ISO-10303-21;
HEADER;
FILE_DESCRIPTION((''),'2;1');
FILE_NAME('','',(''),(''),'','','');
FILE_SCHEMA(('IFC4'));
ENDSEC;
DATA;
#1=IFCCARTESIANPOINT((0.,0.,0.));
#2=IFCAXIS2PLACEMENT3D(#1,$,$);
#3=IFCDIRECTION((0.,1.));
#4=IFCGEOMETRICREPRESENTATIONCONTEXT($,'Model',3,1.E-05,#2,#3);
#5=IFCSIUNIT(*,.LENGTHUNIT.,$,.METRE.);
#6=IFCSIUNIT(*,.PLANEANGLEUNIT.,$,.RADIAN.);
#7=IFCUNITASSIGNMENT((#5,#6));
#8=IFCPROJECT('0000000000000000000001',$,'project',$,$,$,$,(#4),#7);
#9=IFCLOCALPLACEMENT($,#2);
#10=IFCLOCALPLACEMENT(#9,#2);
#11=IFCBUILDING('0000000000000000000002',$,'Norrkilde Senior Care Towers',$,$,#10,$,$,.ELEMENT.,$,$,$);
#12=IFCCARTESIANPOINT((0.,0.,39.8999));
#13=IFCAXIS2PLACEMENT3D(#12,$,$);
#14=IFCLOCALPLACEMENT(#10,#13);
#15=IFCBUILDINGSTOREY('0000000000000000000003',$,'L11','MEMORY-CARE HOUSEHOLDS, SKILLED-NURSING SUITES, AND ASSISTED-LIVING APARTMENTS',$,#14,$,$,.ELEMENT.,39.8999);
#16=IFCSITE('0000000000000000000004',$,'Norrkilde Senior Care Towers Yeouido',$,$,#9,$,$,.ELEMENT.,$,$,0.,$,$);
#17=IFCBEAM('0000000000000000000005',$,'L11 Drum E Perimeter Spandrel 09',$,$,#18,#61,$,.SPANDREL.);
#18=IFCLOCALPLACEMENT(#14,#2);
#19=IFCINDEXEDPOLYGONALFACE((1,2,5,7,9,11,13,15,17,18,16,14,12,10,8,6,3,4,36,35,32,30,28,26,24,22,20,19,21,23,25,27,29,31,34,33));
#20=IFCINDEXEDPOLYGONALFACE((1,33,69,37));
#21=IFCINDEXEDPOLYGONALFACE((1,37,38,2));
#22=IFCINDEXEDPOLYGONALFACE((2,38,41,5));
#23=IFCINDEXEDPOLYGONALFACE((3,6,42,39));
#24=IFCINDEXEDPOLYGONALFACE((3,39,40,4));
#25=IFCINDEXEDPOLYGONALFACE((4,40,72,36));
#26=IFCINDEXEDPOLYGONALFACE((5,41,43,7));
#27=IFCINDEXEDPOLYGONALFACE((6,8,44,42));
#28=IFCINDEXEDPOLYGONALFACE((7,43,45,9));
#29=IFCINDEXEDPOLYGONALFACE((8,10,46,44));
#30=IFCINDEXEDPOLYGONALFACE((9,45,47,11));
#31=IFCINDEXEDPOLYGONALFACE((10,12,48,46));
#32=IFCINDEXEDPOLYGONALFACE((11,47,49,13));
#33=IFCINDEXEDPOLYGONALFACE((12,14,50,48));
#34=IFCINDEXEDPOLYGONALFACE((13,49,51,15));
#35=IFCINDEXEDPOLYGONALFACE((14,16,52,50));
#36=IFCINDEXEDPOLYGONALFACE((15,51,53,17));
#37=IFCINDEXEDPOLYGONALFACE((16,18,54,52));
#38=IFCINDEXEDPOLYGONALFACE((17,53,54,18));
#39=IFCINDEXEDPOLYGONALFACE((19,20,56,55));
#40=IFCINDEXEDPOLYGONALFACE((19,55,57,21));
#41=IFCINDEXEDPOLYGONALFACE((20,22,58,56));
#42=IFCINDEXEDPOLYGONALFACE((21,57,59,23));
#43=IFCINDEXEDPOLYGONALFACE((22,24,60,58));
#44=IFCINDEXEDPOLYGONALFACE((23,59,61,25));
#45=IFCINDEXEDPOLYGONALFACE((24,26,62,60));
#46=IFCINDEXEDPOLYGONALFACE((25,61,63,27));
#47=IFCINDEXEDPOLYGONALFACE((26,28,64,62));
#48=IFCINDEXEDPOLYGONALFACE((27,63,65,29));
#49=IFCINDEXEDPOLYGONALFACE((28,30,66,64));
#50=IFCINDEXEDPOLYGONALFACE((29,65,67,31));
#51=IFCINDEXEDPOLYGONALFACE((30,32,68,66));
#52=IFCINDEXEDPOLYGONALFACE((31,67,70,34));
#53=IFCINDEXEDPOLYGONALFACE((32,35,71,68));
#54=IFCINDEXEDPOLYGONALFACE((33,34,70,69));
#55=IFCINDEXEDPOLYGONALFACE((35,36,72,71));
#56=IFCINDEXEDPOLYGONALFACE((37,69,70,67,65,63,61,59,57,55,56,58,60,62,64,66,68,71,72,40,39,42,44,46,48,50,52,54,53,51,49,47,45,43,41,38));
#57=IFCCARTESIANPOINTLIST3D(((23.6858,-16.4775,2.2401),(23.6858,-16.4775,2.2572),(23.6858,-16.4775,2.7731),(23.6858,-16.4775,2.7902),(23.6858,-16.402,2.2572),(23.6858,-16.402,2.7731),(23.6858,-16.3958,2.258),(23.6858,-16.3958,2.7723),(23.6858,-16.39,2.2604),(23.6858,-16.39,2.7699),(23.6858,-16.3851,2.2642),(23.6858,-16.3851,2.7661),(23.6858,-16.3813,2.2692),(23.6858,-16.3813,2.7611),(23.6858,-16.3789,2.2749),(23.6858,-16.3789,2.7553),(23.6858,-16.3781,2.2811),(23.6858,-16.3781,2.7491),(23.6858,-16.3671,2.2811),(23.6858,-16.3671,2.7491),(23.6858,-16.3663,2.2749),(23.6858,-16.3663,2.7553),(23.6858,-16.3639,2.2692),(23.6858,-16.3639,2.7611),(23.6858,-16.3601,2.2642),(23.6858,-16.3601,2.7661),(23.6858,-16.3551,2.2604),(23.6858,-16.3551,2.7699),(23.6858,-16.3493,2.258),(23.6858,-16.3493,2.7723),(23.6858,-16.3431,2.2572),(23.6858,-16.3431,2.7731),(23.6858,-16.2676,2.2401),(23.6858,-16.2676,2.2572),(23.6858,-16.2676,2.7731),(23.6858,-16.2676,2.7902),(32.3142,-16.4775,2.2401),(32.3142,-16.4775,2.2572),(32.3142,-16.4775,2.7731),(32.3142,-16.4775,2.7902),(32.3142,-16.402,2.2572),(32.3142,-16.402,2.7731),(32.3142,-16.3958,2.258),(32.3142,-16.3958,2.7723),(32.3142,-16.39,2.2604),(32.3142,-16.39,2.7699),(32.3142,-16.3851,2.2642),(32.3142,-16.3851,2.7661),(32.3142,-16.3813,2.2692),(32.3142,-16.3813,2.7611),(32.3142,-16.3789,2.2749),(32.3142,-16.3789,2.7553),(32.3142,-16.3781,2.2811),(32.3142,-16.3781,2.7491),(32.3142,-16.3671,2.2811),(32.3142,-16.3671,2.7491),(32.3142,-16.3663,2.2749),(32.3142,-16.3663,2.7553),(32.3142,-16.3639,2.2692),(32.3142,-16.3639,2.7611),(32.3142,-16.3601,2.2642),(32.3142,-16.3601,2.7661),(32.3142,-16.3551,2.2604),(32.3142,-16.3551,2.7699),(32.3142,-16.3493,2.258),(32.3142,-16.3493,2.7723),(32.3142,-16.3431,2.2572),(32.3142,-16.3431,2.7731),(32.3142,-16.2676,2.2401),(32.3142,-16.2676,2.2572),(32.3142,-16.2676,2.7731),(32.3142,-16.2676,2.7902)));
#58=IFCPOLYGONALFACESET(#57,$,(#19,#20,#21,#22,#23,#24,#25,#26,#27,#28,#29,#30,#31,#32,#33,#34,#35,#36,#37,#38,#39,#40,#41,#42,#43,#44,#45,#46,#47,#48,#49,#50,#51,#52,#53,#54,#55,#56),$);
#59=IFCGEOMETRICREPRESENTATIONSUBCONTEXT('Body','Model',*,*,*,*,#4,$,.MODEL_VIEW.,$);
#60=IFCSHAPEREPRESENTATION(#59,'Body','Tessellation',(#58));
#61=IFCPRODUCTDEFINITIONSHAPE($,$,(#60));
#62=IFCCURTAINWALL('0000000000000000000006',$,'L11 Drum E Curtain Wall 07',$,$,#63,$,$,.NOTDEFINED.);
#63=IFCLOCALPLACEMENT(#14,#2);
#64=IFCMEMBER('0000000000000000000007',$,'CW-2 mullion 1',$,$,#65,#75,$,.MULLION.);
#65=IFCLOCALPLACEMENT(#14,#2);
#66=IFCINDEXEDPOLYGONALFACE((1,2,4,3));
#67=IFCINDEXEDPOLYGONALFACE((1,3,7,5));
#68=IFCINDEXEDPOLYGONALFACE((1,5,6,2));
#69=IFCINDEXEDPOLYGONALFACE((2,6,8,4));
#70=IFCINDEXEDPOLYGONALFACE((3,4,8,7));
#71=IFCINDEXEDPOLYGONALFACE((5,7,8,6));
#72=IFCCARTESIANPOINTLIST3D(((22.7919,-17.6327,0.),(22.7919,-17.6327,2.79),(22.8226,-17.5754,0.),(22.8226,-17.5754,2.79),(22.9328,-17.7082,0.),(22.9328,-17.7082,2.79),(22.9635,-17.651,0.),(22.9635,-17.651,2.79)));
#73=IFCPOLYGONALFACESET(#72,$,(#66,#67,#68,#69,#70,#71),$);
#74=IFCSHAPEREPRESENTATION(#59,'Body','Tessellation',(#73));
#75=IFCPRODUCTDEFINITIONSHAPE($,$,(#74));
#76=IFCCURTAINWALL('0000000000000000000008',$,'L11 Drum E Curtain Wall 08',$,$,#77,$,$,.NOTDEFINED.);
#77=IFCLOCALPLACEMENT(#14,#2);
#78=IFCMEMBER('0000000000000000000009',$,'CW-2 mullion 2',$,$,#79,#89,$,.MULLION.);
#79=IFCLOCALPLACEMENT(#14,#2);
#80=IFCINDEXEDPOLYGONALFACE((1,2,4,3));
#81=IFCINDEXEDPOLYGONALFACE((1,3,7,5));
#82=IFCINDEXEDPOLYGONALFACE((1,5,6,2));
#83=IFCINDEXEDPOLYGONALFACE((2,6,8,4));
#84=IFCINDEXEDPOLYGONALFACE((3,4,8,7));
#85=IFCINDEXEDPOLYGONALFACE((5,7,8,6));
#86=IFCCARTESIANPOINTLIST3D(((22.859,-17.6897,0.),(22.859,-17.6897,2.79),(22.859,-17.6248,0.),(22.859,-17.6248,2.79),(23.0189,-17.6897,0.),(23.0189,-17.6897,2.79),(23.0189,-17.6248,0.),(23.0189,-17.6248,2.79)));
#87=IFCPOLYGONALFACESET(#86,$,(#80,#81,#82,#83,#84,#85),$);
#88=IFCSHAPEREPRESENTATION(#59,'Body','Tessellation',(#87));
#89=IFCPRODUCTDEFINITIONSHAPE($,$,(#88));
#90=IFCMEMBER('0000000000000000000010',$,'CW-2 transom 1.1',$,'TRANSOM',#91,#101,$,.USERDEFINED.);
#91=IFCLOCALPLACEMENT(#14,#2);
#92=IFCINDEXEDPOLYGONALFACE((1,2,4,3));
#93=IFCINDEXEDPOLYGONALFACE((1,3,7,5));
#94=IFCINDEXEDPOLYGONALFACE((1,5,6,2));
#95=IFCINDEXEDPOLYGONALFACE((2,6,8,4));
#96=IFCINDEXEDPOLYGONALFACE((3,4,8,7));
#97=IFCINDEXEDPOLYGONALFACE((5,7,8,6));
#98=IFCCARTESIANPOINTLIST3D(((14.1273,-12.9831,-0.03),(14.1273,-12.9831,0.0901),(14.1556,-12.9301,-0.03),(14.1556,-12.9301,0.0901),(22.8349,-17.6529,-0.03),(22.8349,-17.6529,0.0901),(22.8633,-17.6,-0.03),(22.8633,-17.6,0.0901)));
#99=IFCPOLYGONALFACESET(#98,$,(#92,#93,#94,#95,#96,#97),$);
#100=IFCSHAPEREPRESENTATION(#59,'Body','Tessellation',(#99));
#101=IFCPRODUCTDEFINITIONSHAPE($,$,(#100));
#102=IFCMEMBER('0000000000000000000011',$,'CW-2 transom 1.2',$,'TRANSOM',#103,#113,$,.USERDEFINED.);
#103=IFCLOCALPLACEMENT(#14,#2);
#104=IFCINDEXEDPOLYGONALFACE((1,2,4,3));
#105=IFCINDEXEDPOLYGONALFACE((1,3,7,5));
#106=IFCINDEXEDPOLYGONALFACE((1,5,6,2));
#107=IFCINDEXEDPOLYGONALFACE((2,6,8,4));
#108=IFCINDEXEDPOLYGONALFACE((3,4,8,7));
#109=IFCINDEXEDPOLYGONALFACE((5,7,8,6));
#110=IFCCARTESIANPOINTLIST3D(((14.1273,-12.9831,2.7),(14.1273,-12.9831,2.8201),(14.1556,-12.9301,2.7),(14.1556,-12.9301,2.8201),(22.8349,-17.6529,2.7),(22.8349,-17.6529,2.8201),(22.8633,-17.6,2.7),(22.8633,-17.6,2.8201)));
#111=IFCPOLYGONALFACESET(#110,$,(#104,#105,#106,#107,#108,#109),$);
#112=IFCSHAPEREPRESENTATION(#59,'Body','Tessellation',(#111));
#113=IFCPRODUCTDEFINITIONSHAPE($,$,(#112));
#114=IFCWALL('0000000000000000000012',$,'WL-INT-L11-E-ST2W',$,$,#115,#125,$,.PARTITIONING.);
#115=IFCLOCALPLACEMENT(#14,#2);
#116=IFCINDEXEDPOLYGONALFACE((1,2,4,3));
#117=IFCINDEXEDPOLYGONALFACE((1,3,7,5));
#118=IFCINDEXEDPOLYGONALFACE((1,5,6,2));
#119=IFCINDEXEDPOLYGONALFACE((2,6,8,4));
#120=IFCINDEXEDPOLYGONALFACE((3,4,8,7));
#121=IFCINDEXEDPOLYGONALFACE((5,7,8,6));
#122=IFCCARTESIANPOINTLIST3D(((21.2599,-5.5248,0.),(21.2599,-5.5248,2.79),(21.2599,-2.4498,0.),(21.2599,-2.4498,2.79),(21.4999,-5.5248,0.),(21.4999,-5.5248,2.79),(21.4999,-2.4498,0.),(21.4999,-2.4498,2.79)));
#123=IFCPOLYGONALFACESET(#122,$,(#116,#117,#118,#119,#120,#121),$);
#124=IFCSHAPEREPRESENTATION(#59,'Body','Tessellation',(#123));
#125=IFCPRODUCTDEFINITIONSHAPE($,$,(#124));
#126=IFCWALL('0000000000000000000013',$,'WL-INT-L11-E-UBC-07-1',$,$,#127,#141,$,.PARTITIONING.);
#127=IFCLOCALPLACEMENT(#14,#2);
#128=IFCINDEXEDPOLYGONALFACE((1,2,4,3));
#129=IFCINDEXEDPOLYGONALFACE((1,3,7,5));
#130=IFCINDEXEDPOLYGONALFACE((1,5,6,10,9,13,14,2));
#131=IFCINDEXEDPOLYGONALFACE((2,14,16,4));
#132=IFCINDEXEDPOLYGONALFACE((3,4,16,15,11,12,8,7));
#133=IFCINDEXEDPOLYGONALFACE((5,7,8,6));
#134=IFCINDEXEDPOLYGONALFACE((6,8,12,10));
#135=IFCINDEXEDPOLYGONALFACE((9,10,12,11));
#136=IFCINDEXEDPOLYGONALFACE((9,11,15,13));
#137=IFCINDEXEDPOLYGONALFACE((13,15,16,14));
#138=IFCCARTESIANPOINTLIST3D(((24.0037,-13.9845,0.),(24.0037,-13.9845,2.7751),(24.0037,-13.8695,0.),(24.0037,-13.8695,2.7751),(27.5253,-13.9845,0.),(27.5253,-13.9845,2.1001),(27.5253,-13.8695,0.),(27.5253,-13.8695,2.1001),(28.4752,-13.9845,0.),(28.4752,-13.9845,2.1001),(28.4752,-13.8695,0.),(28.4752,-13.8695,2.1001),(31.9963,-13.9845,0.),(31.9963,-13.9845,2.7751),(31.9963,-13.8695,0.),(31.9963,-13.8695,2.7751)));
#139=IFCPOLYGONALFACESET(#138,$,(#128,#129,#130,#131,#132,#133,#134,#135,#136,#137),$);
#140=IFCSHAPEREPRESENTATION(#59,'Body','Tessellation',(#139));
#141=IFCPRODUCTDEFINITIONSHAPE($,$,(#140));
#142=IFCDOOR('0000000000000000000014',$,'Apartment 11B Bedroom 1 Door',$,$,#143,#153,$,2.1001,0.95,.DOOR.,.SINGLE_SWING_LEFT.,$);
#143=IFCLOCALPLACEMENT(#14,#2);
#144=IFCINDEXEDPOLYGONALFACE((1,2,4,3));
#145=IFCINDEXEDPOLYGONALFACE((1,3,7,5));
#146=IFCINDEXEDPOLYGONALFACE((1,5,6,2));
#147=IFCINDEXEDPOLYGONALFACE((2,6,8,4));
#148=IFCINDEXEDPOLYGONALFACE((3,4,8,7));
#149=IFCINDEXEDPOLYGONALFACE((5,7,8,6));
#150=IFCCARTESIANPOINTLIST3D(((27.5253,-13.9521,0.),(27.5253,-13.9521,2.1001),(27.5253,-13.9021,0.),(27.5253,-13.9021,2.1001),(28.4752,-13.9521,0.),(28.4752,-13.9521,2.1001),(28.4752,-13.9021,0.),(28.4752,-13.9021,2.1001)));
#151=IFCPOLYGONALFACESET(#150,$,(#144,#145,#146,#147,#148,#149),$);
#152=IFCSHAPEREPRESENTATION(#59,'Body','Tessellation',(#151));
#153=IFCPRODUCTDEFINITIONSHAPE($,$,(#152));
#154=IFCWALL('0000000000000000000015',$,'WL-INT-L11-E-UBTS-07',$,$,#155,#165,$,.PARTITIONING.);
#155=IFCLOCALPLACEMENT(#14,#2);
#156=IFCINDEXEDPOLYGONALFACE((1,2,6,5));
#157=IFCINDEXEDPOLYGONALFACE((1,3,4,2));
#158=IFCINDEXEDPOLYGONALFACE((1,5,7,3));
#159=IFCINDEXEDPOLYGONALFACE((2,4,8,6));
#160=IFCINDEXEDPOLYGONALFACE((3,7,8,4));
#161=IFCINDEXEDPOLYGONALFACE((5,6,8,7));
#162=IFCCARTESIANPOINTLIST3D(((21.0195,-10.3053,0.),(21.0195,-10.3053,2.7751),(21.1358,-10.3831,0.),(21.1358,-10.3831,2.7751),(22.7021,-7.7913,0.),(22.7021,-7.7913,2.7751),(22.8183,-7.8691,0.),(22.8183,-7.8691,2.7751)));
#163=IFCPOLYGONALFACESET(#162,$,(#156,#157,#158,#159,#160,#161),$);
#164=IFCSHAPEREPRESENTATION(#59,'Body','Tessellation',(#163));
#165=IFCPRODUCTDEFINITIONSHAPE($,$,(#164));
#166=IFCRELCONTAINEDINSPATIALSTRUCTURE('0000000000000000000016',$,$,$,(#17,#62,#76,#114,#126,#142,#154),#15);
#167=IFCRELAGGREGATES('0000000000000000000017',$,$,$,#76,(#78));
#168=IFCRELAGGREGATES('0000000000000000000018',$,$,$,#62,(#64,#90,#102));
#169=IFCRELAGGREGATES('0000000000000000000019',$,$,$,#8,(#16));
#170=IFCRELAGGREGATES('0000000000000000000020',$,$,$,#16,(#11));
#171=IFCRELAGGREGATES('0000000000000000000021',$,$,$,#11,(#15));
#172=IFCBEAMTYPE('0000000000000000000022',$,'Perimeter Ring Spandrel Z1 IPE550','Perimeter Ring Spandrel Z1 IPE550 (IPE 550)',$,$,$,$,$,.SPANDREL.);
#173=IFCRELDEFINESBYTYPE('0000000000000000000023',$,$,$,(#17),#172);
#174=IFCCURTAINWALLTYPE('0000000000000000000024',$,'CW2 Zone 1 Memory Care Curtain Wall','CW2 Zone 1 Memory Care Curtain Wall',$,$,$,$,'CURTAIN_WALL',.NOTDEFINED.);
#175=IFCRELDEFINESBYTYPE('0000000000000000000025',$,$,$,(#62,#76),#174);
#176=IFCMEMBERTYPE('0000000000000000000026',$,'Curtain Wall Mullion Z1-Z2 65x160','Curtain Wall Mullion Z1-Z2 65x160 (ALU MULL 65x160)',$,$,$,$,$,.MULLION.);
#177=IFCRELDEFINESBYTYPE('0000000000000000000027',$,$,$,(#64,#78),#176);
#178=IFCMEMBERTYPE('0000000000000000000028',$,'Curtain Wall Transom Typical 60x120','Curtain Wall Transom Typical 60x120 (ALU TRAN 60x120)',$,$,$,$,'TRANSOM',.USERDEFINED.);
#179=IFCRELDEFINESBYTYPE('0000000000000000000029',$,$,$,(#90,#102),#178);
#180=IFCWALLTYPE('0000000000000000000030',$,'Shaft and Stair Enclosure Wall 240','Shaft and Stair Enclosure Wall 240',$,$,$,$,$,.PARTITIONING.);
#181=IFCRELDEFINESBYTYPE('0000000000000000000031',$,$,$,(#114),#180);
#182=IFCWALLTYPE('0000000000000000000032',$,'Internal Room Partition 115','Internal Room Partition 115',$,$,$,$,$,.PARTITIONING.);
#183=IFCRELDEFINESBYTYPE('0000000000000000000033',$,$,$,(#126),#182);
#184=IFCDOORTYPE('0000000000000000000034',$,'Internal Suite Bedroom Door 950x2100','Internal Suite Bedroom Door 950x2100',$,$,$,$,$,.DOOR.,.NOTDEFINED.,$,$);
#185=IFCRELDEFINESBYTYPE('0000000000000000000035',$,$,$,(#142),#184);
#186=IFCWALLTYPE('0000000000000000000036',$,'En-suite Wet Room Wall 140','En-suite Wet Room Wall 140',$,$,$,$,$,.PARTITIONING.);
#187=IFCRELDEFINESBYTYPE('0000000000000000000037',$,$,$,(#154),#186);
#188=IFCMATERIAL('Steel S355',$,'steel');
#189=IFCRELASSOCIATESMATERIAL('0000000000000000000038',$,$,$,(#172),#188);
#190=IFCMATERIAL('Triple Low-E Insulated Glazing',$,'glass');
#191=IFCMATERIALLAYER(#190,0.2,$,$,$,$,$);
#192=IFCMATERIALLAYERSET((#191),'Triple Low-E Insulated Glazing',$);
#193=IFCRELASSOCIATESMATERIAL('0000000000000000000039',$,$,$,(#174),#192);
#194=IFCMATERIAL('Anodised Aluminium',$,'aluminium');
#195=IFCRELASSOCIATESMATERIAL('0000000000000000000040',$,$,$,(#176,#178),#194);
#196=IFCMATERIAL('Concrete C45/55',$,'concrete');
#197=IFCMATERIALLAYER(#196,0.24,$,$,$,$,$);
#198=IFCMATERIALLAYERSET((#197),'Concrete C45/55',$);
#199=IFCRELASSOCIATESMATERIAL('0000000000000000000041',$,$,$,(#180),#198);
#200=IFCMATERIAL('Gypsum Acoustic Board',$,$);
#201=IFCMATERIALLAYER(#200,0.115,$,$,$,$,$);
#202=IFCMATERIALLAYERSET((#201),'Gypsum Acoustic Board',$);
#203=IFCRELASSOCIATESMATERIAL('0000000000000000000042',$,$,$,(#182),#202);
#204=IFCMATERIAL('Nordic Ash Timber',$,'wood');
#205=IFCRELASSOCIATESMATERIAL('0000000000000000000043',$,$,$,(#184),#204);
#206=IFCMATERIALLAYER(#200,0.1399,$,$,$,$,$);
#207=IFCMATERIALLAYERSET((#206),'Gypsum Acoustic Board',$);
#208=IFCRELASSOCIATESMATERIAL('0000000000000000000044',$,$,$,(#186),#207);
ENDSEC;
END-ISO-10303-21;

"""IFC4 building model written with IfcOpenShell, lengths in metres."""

from ifc_helpers import new_model, si_unit, direction, frame, frame_2d, origin, origin_2d, place, context, subcontext, project, spatial, rectangle, i_section, extrude, source, transform, mapped, material, layer, layer_set, material_profile, profile_set, type_object, type_shapes, element, fill, aggregate, save


model = new_model("IFC4")

# Units and contexts
model_context = context("Model", 3, precision=1e-05, world=origin(), true_north=direction((0.0, 1.0)))
body_context = subcontext(model_context, "Body", "Model", "MODEL_VIEW")
ifc_project = project(units=[si_unit("LENGTHUNIT", "METRE"), si_unit("PLANEANGLEUNIT", "RADIAN")], contexts=[model_context])

# Site, building, storey
site_placement = place(None, origin())
site = spatial("IfcSite", under=ifc_project, at=site_placement, Name="Norrkilde Senior Care Towers Yeouido", CompositionType="ELEMENT", RefElevation=0.0)
building_placement = place(site_placement, origin())
building = spatial("IfcBuilding", under=site, at=building_placement, Name="Norrkilde Senior Care Towers", CompositionType="ELEMENT")
storey_placement = place(building_placement, frame((0.0, 0.0, 39.8999)))
storey = spatial("IfcBuildingStorey", under=building, at=storey_placement, Name="L11", Description="MEMORY-CARE HOUSEHOLDS, SKILLED-NURSING SUITES, AND ASSISTED-LIVING APARTMENTS", CompositionType="ELEMENT", Elevation=39.8999)

# Beam
ifc_material_1 = material(Name="Steel S355", Category="steel")
ifc_material_profile_1 = material_profile(ifc_material_1, i_section(OverallWidth=0.21, OverallDepth=0.55, WebThickness=0.011, FlangeThickness=0.0171, FilletRadius=0.0239, at=origin_2d()), Name="IPE 550")
ifc_profile_set_1 = profile_set([ifc_material_profile_1], Name="Steel S355")
beam_type_1 = type_object("IfcBeamType", Name="Perimeter Ring Spandrel Z1 IPE550", Description="Perimeter Ring Spandrel Z1 IPE550 (IPE 550)", PredefinedType="SPANDREL", material=ifc_profile_set_1)
shared_shape_1 = source(origin(), body_context, "Body", "SweptSolid", [
    extrude(i_section(OverallWidth=0.21, OverallDepth=0.55, WebThickness=0.011, FlangeThickness=0.0171, FilletRadius=0.0239, at=origin_2d()), origin(), (0.0, 0.0, 1.0), 8.6284),
])
type_shapes(beam_type_1, [shared_shape_1])
beam_1_placement = place(storey_placement, frame((23.6858, -16.3726, 2.5151), z_axis=(1.0, 0.0, 0.0), x_axis=(0.0, 1.0, 0.0)))
element("IfcBeam", 1, at=beam_1_placement, inside=storey, type_object=beam_type_1, Name="L11 Drum E Perimeter Spandrel 09", PredefinedType="SPANDREL", context=body_context, shape_type="MappedRepresentation", body=[
    mapped(shared_shape_1, transform((0.0, 0.0, 0.0), x_axis=(1.0, 0.0, 0.0), y_axis=(0.0, 1.0, 0.0), z_axis=(0.0, 0.0, 1.0), scale=1.0)),
])

# Curtain walls, members
ifc_material_2 = material(Name="Triple Low-E Insulated Glazing", Category="glass")
ifc_layer_1 = layer(ifc_material_2, 0.2)
ifc_layer_set_1 = layer_set([ifc_layer_1], Name="Triple Low-E Insulated Glazing")
curtain_wall_type = type_object("IfcCurtainWallType", Name="CW2 Zone 1 Memory Care Curtain Wall", Description="CW2 Zone 1 Memory Care Curtain Wall", ElementType="CURTAIN_WALL", PredefinedType="NOTDEFINED", material=ifc_layer_set_1)
curtain_wall_1_placement = place(storey_placement, origin())
curtain_wall_1 = element("IfcCurtainWall", 2, at=curtain_wall_1_placement, inside=storey, type_object=curtain_wall_type, Name="L11 Drum E Curtain Wall 07", PredefinedType="NOTDEFINED")
ifc_material_3 = material(Name="Anodised Aluminium", Category="aluminium")
ifc_material_profile_2 = material_profile(ifc_material_3, rectangle(XDim=0.0649, YDim=0.1599, at=origin_2d()), Name="ALU MULL 65x160")
ifc_profile_set_2 = profile_set([ifc_material_profile_2], Name="Anodised Aluminium")
member_type_1 = type_object("IfcMemberType", Name="Curtain Wall Mullion Z1-Z2 65x160", Description="Curtain Wall Mullion Z1-Z2 65x160 (ALU MULL 65x160)", PredefinedType="MULLION", material=ifc_profile_set_2)
shared_shape_2 = source(origin(), body_context, "Body", "SweptSolid", [
    extrude(rectangle(XDim=0.0649, YDim=0.1599, at=origin_2d()), origin(), (0.0, 0.0, 1.0), 2.79),
])
type_shapes(member_type_1, [shared_shape_2])
member_1_placement = place(storey_placement, frame((22.8777, -17.6418, 0.0), z_axis=(0.0, 0.0, 1.0), x_axis=(-0.472608, -0.881273, 0.0)))
member_1 = element("IfcMember", 3, at=member_1_placement, type_object=member_type_1, Name="CW-2 mullion 1", PredefinedType="MULLION", context=body_context, shape_type="MappedRepresentation", body=[
    mapped(shared_shape_2, transform((0.0, 0.0, 0.0), x_axis=(1.0, 0.0, 0.0), y_axis=(0.0, 1.0, 0.0), z_axis=(0.0, 0.0, 1.0), scale=1.0)),
])
curtain_wall_2_placement = place(storey_placement, origin())
curtain_wall_2 = element("IfcCurtainWall", 4, at=curtain_wall_2_placement, inside=storey, type_object=curtain_wall_type, Name="L11 Drum E Curtain Wall 08", PredefinedType="NOTDEFINED")
member_2_placement = place(storey_placement, frame((22.939, -17.6572, 0.0), z_axis=(0.0, 0.0, 1.0), x_axis=(0.0, -1.0, 0.0)))
member_2 = element("IfcMember", 5, at=member_2_placement, type_object=member_type_1, Name="CW-2 mullion 2", PredefinedType="MULLION", context=body_context, shape_type="MappedRepresentation", body=[
    mapped(shared_shape_2, transform((0.0, 0.0, 0.0), x_axis=(1.0, 0.0, 0.0), y_axis=(0.0, 1.0, 0.0), z_axis=(0.0, 0.0, 1.0), scale=1.0)),
])
aggregate(curtain_wall_2, [member_2])

# Members
ifc_material_profile_3 = material_profile(ifc_material_3, rectangle(XDim=0.0601, YDim=0.1201, at=origin_2d()), Name="ALU TRAN 60x120")
ifc_profile_set_3 = profile_set([ifc_material_profile_3], Name="Anodised Aluminium")
member_type_2 = type_object("IfcMemberType", Name="Curtain Wall Transom Typical 60x120", Description="Curtain Wall Transom Typical 60x120 (ALU TRAN 60x120)", ElementType="TRANSOM", PredefinedType="USERDEFINED", material=ifc_profile_set_3)
shared_shape_3 = source(origin(), body_context, "Body", "SweptSolid", [
    extrude(rectangle(XDim=0.0601, YDim=0.1201, at=origin_2d()), origin(), (0.0, 0.0, 1.0), 9.8809),
])
type_shapes(member_type_2, [shared_shape_3])
member_3_placement = place(storey_placement, frame((22.8491, -17.6265, 0.03), z_axis=(-0.881267, 0.472618, 0.0), x_axis=(-0.472618, -0.881267, 0.0)))
member_3 = element("IfcMember", 6, at=member_3_placement, type_object=member_type_2, Name="CW-2 transom 1.1", ObjectType="TRANSOM", PredefinedType="USERDEFINED", context=body_context, shape_type="MappedRepresentation", body=[
    mapped(shared_shape_3, transform((0.0, 0.0, 0.0), x_axis=(1.0, 0.0, 0.0), y_axis=(0.0, 1.0, 0.0), z_axis=(0.0, 0.0, 1.0), scale=1.0)),
])
member_4_placement = place(storey_placement, frame((22.8491, -17.6265, 2.76), z_axis=(-0.881267, 0.472618, 0.0), x_axis=(-0.472618, -0.881267, 0.0)))
member_4 = element("IfcMember", 7, at=member_4_placement, type_object=member_type_2, Name="CW-2 transom 1.2", ObjectType="TRANSOM", PredefinedType="USERDEFINED", context=body_context, shape_type="MappedRepresentation", body=[
    mapped(shared_shape_3, transform((0.0, 0.0, 0.0), x_axis=(1.0, 0.0, 0.0), y_axis=(0.0, 1.0, 0.0), z_axis=(0.0, 0.0, 1.0), scale=1.0)),
])
aggregate(curtain_wall_1, [member_1, member_3, member_4])

# Shared definitions
ifc_material_4 = material(Name="Concrete C45/55", Category="concrete")
ifc_layer_2 = layer(ifc_material_4, 0.24)
ifc_layer_set_2 = layer_set([ifc_layer_2], Name="Concrete C45/55")
wall_type_1 = type_object("IfcWallType", Name="Shaft and Stair Enclosure Wall 240", Description="Shaft and Stair Enclosure Wall 240", PredefinedType="PARTITIONING", material=ifc_layer_set_2)

# Wall
shared_shape_4 = source(origin(), body_context, "Body", "SweptSolid", [
    extrude(rectangle(XDim=3.075, YDim=0.24, at=frame_2d((1.5376, 0.0))), origin(), (0.0, 0.0, 1.0), 2.79),
])
wall_1_placement = place(storey_placement, frame((21.3799, -5.5249, 0.0), z_axis=(0.0, 0.0, 1.0), x_axis=(0.0, 1.0, 0.0)))
element("IfcWall", 8, at=wall_1_placement, inside=storey, type_object=wall_type_1, Name="WL-INT-L11-E-ST2W", PredefinedType="PARTITIONING", context=body_context, shape_type="MappedRepresentation", body=[
    mapped(shared_shape_4, transform((0.0, 0.0, 0.0), x_axis=(1.0, 0.0, 0.0), y_axis=(0.0, 1.0, 0.0), z_axis=(0.0, 0.0, 1.0), scale=1.0)),
])

# Wall, opening, door
ifc_material_5 = material(Name="Gypsum Acoustic Board")
ifc_layer_3 = layer(ifc_material_5, 0.115)
ifc_layer_set_3 = layer_set([ifc_layer_3], Name="Gypsum Acoustic Board")
wall_type_2 = type_object("IfcWallType", Name="Internal Room Partition 115", Description="Internal Room Partition 115", PredefinedType="PARTITIONING", material=ifc_layer_set_3)
shared_shape_5 = source(origin(), body_context, "Body", "SweptSolid", [
    extrude(rectangle(XDim=7.9927, YDim=0.115, at=frame_2d((3.9963, 0.0))), origin(), (0.0, 0.0, 1.0), 2.7751),
])
wall_2_placement = place(storey_placement, frame((24.0037, -13.927, 0.0), z_axis=(0.0, 0.0, 1.0), x_axis=(1.0, 0.0, 0.0)))
wall_2 = element("IfcWall", 9, at=wall_2_placement, inside=storey, type_object=wall_type_2, Name="WL-INT-L11-E-UBC-07-1", PredefinedType="PARTITIONING", context=body_context, shape_type="MappedRepresentation", body=[
    mapped(shared_shape_5, transform((0.0, 0.0, 0.0), x_axis=(1.0, 0.0, 0.0), y_axis=(0.0, 1.0, 0.0), z_axis=(0.0, 0.0, 1.0), scale=1.0)),
])
opening_1_placement = place(wall_2_placement, frame((3.5215, 0.0, 0.0)))
opening_1 = element("IfcOpeningElement", 10, at=opening_1_placement, cuts=wall_2, PredefinedType="OPENING", context=body_context, shape_type="SweptSolid", body=[
    extrude(rectangle(XDim=0.95, YDim=2.1001, at=frame_2d((0.4751, 1.05))), frame((0.0, 0.0674, 0.0), z_axis=(0.0, -1.0, 0.0), x_axis=(1.0, 0.0, 0.0)), (0.0, 0.0, 1.0), 0.135),
])
ifc_material_6 = material(Name="Nordic Ash Timber", Category="wood")
door_type_1 = type_object("IfcDoorType", Name="Internal Suite Bedroom Door 950x2100", Description="Internal Suite Bedroom Door 950x2100", OperationType="NOTDEFINED", PredefinedType="DOOR", material=ifc_material_6)
shared_shape_6 = source(origin(), body_context, "Body", "SweptSolid", [
    extrude(rectangle(XDim=0.95, YDim=2.1001, at=frame_2d((0.4751, 1.05))), frame((0.0, 0.0249, 0.0), z_axis=(0.0, -1.0, 0.0), x_axis=(1.0, 0.0, 0.0)), (0.0, 0.0, 1.0), 0.05),
])
type_shapes(door_type_1, [shared_shape_6])
door_1_placement = place(opening_1_placement, origin())
door_1 = element("IfcDoor", 11, at=door_1_placement, inside=storey, type_object=door_type_1, Name="Apartment 11B Bedroom 1 Door", OperationType="SINGLE_SWING_LEFT", OverallHeight=2.1001, OverallWidth=0.95, PredefinedType="DOOR", context=body_context, shape_type="MappedRepresentation", body=[
    mapped(shared_shape_6, transform((0.0, 0.0, 0.0), x_axis=(1.0, 0.0, 0.0), y_axis=(0.0, 1.0, 0.0), z_axis=(0.0, 0.0, 1.0), scale=1.0)),
])
fill(opening_1, door_1)

# Wall
ifc_layer_4 = layer(ifc_material_5, 0.1399)
ifc_layer_set_4 = layer_set([ifc_layer_4], Name="Gypsum Acoustic Board")
wall_type_3 = type_object("IfcWallType", Name="En-suite Wet Room Wall 140", Description="En-suite Wet Room Wall 140", PredefinedType="PARTITIONING", material=ifc_layer_set_4)
shared_shape_7 = source(origin(), body_context, "Body", "SweptSolid", [
    extrude(rectangle(XDim=3.0251, YDim=0.1399, at=frame_2d((1.5127, 0.0))), origin(), (0.0, 0.0, 1.0), 2.7751),
])
wall_3_placement = place(storey_placement, frame((22.7603, -7.8301, 0.0), z_axis=(0.0, 0.0, 1.0), x_axis=(-0.556189, -0.831056, 0.0)))
element("IfcWall", 12, at=wall_3_placement, inside=storey, type_object=wall_type_3, Name="WL-INT-L11-E-UBTS-07", PredefinedType="PARTITIONING", context=body_context, shape_type="MappedRepresentation", body=[
    mapped(shared_shape_7, transform((0.0, 0.0, 0.0), x_axis=(1.0, 0.0, 0.0), y_axis=(0.0, 1.0, 0.0), z_axis=(0.0, 0.0, 1.0), scale=1.0)),
])

save(model, "model.ifc")
